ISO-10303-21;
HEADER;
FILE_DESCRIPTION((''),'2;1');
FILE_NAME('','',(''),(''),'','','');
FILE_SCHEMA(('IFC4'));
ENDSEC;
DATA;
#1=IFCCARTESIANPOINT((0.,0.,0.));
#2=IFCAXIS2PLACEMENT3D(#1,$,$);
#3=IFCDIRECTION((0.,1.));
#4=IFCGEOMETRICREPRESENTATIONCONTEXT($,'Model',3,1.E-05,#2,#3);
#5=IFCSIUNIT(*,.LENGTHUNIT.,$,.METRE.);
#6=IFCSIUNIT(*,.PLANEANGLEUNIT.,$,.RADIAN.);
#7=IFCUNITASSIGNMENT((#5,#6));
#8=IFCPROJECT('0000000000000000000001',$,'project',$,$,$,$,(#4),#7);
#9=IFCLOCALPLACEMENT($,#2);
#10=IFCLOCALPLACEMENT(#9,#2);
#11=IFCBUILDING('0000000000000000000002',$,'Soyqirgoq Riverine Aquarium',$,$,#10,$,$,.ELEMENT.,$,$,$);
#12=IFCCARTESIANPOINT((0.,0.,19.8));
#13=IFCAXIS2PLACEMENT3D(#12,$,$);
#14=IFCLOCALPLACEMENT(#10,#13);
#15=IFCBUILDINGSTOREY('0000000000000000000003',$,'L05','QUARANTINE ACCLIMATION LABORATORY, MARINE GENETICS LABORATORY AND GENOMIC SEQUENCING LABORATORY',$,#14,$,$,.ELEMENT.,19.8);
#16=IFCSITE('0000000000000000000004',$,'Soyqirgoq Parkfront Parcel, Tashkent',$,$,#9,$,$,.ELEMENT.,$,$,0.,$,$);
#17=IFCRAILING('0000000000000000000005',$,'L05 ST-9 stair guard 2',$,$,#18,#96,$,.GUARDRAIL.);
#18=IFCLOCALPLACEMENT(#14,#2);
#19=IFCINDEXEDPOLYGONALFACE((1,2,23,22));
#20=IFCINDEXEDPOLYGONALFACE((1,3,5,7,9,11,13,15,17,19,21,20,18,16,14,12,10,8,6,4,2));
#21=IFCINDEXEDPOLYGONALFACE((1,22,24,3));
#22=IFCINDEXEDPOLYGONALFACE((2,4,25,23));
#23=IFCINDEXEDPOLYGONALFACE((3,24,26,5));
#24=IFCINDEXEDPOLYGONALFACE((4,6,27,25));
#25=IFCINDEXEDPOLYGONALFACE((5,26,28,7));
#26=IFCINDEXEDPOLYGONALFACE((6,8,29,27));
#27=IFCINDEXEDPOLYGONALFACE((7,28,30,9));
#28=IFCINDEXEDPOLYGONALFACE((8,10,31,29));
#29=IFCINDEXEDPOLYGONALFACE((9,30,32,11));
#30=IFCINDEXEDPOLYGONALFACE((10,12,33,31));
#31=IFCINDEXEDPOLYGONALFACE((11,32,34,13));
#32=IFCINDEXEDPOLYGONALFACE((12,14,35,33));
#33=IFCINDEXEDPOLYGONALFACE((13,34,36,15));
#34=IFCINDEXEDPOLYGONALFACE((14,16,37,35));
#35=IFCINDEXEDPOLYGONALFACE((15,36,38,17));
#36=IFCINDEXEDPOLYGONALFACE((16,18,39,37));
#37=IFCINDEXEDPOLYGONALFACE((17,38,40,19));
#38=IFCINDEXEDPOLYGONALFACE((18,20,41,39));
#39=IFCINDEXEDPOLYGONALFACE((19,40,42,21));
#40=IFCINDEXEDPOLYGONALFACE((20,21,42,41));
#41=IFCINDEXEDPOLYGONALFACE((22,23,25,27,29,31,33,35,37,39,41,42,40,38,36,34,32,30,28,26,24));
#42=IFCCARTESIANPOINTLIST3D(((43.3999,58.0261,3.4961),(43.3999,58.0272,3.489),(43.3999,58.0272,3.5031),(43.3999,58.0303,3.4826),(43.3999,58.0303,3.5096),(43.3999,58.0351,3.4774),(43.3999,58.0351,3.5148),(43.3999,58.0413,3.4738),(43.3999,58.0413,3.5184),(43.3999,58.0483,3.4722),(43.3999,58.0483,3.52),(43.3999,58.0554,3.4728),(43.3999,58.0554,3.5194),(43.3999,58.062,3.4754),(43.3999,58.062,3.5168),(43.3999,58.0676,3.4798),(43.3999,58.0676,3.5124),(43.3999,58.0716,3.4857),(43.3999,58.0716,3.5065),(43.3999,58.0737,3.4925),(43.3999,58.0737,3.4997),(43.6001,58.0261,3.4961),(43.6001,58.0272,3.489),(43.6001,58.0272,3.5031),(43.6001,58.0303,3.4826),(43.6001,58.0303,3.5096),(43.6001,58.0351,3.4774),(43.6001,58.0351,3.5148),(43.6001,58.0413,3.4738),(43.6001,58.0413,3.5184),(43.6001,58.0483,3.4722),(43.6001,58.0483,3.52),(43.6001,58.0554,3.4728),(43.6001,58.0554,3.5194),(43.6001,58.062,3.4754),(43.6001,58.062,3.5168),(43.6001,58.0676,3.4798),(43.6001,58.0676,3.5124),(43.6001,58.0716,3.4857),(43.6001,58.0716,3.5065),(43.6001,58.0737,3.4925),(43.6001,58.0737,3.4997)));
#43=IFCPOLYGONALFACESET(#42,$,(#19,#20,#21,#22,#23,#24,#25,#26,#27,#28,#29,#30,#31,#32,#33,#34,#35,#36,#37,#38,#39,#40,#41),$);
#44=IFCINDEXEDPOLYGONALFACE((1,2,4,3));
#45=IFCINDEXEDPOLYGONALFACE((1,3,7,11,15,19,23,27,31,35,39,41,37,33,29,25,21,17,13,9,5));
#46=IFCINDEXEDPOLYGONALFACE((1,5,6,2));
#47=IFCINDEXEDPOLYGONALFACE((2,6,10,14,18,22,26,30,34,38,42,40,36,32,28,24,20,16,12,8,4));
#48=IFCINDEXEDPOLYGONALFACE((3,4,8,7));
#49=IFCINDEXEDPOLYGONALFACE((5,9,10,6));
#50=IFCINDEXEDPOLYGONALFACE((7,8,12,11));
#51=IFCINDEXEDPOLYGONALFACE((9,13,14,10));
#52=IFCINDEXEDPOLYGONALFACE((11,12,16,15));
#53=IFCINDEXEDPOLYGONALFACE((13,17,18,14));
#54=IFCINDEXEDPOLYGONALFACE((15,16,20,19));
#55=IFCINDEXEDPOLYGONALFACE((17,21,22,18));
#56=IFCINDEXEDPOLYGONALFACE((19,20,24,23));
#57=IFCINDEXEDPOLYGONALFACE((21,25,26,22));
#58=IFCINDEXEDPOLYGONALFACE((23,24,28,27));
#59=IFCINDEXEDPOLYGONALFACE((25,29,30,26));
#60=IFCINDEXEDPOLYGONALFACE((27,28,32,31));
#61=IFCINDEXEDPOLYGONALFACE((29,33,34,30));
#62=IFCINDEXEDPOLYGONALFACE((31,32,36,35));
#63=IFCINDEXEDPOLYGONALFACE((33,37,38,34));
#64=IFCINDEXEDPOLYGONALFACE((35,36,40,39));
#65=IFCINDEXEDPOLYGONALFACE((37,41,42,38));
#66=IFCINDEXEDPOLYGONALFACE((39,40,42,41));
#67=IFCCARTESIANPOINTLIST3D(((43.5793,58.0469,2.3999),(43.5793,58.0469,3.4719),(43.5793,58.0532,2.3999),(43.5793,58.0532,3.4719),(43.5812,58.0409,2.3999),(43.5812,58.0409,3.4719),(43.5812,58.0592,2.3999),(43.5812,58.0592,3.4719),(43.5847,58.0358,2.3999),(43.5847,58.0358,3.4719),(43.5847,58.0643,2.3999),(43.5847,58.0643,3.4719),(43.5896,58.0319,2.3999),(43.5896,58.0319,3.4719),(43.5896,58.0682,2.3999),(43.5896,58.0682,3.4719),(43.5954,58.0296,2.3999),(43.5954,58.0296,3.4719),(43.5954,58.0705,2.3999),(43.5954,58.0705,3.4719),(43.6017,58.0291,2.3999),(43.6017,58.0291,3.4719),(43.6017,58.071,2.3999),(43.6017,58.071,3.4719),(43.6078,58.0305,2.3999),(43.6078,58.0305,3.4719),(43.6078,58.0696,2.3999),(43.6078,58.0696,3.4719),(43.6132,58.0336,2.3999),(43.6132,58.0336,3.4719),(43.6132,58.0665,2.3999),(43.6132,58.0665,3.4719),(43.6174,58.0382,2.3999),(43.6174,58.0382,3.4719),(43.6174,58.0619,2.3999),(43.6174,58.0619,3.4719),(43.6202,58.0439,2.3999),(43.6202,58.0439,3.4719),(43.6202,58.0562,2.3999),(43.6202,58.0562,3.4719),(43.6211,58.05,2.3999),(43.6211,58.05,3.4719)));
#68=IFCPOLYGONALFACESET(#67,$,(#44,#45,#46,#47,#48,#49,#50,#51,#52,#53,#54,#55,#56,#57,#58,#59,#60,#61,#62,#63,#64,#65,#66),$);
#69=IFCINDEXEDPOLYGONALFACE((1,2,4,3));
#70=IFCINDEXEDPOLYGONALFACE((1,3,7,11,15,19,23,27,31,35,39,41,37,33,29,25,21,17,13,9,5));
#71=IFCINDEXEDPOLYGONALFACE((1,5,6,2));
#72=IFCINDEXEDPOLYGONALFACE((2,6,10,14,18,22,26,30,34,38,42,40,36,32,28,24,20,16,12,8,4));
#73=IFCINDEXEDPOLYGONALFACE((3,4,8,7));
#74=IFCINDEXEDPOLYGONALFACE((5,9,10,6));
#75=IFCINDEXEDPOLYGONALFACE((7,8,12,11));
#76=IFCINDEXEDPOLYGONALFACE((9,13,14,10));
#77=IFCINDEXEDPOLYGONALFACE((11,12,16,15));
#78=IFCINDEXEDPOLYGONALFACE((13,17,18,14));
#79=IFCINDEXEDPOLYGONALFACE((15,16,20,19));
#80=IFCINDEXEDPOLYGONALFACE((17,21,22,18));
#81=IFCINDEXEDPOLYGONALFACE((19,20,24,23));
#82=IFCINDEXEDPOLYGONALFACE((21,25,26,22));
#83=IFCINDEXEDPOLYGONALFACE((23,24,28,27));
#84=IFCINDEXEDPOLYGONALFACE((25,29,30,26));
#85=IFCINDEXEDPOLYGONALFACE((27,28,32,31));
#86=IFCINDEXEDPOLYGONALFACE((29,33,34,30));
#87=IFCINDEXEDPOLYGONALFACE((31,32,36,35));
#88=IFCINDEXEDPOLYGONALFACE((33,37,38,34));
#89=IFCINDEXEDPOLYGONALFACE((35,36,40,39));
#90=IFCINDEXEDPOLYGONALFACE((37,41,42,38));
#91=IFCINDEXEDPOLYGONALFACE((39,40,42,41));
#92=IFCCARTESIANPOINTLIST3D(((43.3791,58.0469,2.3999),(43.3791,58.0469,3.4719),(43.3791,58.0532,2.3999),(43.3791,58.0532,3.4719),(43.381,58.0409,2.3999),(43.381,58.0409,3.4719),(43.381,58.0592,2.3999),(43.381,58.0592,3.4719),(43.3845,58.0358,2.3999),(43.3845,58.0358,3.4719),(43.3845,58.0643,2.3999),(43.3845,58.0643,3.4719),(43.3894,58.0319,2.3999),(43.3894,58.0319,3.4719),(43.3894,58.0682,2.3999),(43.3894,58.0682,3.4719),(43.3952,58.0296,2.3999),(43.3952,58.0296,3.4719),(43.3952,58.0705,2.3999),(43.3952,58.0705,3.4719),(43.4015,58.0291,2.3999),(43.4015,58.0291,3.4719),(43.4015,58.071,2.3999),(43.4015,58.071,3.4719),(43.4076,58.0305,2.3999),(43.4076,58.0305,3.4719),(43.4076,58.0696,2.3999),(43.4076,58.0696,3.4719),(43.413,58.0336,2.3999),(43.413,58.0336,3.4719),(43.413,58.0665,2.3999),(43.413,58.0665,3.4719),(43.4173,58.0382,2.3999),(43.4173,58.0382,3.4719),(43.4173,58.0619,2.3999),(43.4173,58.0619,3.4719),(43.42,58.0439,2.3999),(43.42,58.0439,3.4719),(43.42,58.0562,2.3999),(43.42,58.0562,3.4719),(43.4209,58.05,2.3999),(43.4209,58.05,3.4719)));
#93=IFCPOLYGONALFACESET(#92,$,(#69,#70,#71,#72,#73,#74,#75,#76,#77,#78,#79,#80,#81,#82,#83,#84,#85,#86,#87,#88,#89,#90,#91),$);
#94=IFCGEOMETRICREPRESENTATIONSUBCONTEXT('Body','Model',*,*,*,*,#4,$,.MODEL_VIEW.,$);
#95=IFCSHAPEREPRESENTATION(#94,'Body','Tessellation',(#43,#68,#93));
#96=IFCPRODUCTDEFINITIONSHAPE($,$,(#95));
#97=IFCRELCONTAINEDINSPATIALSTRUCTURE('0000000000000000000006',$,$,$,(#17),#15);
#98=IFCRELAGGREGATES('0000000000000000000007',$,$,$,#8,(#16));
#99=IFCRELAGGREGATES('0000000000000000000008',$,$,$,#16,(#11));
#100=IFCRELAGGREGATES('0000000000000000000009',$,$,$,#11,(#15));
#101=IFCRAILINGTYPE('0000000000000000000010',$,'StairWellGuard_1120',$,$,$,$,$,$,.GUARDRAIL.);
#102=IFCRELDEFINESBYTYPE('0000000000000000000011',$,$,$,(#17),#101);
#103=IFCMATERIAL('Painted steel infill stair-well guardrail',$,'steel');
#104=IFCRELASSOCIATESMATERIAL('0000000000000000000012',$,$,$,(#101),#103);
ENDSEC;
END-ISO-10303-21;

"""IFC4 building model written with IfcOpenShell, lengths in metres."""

from ifc_helpers import new_model, si_unit, direction, frame, origin, origin_2d, place, context, subcontext, project, spatial, circle, extrude, material, type_object, element, save


model = new_model("IFC4")

# Units and contexts
model_context = context("Model", 3, precision=1e-05, world=origin(), true_north=direction((0.0, 1.0)))
body_context = subcontext(model_context, "Body", "Model", "MODEL_VIEW")
ifc_project = project(units=[si_unit("LENGTHUNIT", "METRE"), si_unit("PLANEANGLEUNIT", "RADIAN")], contexts=[model_context])

# Site, building, storey
site_placement = place(None, origin())
site = spatial("IfcSite", under=ifc_project, at=site_placement, Name="Soyqirgoq Parkfront Parcel, Tashkent", CompositionType="ELEMENT", RefElevation=0.0)
building_placement = place(site_placement, origin())
building = spatial("IfcBuilding", under=site, at=building_placement, Name="Soyqirgoq Riverine Aquarium", CompositionType="ELEMENT")
storey_placement = place(building_placement, frame((0.0, 0.0, 19.8)))
storey = spatial("IfcBuildingStorey", under=building, at=storey_placement, Name="L05", Description="QUARANTINE ACCLIMATION LABORATORY, MARINE GENETICS LABORATORY AND GENOMIC SEQUENCING LABORATORY", CompositionType="ELEMENT", Elevation=19.8)

# Railing
ifc_material_1 = material(Name="Painted steel infill stair-well guardrail", Category="steel")
railing_type_1 = type_object("IfcRailingType", Name="StairWellGuard_1120", PredefinedType="GUARDRAIL", material=ifc_material_1)
railing_1_placement = place(storey_placement, frame((43.6001, 58.05, 2.3999)))
element("IfcRailing", 1, at=railing_1_placement, inside=storey, type_object=railing_type_1, Name="L05 ST-9 stair guard 2", PredefinedType="GUARDRAIL", context=body_context, shape_type="SweptSolid", body=[
    extrude(circle(Radius=0.0239, at=origin_2d()), frame((0.0, 0.0, 1.0962), z_axis=(-1.0, 0.0, 0.0), x_axis=(0.0, -1.0, 0.0)), (0.0, 0.0, 1.0), 0.2002),
    extrude(circle(Radius=0.021, at=origin_2d()), origin(), (0.0, 0.0, 1.0), 1.072),
    extrude(circle(Radius=0.021, at=origin_2d()), frame((-0.2002, 0.0, 0.0)), (0.0, 0.0, 1.0), 1.072),
])

save(model, "model.ifc")
